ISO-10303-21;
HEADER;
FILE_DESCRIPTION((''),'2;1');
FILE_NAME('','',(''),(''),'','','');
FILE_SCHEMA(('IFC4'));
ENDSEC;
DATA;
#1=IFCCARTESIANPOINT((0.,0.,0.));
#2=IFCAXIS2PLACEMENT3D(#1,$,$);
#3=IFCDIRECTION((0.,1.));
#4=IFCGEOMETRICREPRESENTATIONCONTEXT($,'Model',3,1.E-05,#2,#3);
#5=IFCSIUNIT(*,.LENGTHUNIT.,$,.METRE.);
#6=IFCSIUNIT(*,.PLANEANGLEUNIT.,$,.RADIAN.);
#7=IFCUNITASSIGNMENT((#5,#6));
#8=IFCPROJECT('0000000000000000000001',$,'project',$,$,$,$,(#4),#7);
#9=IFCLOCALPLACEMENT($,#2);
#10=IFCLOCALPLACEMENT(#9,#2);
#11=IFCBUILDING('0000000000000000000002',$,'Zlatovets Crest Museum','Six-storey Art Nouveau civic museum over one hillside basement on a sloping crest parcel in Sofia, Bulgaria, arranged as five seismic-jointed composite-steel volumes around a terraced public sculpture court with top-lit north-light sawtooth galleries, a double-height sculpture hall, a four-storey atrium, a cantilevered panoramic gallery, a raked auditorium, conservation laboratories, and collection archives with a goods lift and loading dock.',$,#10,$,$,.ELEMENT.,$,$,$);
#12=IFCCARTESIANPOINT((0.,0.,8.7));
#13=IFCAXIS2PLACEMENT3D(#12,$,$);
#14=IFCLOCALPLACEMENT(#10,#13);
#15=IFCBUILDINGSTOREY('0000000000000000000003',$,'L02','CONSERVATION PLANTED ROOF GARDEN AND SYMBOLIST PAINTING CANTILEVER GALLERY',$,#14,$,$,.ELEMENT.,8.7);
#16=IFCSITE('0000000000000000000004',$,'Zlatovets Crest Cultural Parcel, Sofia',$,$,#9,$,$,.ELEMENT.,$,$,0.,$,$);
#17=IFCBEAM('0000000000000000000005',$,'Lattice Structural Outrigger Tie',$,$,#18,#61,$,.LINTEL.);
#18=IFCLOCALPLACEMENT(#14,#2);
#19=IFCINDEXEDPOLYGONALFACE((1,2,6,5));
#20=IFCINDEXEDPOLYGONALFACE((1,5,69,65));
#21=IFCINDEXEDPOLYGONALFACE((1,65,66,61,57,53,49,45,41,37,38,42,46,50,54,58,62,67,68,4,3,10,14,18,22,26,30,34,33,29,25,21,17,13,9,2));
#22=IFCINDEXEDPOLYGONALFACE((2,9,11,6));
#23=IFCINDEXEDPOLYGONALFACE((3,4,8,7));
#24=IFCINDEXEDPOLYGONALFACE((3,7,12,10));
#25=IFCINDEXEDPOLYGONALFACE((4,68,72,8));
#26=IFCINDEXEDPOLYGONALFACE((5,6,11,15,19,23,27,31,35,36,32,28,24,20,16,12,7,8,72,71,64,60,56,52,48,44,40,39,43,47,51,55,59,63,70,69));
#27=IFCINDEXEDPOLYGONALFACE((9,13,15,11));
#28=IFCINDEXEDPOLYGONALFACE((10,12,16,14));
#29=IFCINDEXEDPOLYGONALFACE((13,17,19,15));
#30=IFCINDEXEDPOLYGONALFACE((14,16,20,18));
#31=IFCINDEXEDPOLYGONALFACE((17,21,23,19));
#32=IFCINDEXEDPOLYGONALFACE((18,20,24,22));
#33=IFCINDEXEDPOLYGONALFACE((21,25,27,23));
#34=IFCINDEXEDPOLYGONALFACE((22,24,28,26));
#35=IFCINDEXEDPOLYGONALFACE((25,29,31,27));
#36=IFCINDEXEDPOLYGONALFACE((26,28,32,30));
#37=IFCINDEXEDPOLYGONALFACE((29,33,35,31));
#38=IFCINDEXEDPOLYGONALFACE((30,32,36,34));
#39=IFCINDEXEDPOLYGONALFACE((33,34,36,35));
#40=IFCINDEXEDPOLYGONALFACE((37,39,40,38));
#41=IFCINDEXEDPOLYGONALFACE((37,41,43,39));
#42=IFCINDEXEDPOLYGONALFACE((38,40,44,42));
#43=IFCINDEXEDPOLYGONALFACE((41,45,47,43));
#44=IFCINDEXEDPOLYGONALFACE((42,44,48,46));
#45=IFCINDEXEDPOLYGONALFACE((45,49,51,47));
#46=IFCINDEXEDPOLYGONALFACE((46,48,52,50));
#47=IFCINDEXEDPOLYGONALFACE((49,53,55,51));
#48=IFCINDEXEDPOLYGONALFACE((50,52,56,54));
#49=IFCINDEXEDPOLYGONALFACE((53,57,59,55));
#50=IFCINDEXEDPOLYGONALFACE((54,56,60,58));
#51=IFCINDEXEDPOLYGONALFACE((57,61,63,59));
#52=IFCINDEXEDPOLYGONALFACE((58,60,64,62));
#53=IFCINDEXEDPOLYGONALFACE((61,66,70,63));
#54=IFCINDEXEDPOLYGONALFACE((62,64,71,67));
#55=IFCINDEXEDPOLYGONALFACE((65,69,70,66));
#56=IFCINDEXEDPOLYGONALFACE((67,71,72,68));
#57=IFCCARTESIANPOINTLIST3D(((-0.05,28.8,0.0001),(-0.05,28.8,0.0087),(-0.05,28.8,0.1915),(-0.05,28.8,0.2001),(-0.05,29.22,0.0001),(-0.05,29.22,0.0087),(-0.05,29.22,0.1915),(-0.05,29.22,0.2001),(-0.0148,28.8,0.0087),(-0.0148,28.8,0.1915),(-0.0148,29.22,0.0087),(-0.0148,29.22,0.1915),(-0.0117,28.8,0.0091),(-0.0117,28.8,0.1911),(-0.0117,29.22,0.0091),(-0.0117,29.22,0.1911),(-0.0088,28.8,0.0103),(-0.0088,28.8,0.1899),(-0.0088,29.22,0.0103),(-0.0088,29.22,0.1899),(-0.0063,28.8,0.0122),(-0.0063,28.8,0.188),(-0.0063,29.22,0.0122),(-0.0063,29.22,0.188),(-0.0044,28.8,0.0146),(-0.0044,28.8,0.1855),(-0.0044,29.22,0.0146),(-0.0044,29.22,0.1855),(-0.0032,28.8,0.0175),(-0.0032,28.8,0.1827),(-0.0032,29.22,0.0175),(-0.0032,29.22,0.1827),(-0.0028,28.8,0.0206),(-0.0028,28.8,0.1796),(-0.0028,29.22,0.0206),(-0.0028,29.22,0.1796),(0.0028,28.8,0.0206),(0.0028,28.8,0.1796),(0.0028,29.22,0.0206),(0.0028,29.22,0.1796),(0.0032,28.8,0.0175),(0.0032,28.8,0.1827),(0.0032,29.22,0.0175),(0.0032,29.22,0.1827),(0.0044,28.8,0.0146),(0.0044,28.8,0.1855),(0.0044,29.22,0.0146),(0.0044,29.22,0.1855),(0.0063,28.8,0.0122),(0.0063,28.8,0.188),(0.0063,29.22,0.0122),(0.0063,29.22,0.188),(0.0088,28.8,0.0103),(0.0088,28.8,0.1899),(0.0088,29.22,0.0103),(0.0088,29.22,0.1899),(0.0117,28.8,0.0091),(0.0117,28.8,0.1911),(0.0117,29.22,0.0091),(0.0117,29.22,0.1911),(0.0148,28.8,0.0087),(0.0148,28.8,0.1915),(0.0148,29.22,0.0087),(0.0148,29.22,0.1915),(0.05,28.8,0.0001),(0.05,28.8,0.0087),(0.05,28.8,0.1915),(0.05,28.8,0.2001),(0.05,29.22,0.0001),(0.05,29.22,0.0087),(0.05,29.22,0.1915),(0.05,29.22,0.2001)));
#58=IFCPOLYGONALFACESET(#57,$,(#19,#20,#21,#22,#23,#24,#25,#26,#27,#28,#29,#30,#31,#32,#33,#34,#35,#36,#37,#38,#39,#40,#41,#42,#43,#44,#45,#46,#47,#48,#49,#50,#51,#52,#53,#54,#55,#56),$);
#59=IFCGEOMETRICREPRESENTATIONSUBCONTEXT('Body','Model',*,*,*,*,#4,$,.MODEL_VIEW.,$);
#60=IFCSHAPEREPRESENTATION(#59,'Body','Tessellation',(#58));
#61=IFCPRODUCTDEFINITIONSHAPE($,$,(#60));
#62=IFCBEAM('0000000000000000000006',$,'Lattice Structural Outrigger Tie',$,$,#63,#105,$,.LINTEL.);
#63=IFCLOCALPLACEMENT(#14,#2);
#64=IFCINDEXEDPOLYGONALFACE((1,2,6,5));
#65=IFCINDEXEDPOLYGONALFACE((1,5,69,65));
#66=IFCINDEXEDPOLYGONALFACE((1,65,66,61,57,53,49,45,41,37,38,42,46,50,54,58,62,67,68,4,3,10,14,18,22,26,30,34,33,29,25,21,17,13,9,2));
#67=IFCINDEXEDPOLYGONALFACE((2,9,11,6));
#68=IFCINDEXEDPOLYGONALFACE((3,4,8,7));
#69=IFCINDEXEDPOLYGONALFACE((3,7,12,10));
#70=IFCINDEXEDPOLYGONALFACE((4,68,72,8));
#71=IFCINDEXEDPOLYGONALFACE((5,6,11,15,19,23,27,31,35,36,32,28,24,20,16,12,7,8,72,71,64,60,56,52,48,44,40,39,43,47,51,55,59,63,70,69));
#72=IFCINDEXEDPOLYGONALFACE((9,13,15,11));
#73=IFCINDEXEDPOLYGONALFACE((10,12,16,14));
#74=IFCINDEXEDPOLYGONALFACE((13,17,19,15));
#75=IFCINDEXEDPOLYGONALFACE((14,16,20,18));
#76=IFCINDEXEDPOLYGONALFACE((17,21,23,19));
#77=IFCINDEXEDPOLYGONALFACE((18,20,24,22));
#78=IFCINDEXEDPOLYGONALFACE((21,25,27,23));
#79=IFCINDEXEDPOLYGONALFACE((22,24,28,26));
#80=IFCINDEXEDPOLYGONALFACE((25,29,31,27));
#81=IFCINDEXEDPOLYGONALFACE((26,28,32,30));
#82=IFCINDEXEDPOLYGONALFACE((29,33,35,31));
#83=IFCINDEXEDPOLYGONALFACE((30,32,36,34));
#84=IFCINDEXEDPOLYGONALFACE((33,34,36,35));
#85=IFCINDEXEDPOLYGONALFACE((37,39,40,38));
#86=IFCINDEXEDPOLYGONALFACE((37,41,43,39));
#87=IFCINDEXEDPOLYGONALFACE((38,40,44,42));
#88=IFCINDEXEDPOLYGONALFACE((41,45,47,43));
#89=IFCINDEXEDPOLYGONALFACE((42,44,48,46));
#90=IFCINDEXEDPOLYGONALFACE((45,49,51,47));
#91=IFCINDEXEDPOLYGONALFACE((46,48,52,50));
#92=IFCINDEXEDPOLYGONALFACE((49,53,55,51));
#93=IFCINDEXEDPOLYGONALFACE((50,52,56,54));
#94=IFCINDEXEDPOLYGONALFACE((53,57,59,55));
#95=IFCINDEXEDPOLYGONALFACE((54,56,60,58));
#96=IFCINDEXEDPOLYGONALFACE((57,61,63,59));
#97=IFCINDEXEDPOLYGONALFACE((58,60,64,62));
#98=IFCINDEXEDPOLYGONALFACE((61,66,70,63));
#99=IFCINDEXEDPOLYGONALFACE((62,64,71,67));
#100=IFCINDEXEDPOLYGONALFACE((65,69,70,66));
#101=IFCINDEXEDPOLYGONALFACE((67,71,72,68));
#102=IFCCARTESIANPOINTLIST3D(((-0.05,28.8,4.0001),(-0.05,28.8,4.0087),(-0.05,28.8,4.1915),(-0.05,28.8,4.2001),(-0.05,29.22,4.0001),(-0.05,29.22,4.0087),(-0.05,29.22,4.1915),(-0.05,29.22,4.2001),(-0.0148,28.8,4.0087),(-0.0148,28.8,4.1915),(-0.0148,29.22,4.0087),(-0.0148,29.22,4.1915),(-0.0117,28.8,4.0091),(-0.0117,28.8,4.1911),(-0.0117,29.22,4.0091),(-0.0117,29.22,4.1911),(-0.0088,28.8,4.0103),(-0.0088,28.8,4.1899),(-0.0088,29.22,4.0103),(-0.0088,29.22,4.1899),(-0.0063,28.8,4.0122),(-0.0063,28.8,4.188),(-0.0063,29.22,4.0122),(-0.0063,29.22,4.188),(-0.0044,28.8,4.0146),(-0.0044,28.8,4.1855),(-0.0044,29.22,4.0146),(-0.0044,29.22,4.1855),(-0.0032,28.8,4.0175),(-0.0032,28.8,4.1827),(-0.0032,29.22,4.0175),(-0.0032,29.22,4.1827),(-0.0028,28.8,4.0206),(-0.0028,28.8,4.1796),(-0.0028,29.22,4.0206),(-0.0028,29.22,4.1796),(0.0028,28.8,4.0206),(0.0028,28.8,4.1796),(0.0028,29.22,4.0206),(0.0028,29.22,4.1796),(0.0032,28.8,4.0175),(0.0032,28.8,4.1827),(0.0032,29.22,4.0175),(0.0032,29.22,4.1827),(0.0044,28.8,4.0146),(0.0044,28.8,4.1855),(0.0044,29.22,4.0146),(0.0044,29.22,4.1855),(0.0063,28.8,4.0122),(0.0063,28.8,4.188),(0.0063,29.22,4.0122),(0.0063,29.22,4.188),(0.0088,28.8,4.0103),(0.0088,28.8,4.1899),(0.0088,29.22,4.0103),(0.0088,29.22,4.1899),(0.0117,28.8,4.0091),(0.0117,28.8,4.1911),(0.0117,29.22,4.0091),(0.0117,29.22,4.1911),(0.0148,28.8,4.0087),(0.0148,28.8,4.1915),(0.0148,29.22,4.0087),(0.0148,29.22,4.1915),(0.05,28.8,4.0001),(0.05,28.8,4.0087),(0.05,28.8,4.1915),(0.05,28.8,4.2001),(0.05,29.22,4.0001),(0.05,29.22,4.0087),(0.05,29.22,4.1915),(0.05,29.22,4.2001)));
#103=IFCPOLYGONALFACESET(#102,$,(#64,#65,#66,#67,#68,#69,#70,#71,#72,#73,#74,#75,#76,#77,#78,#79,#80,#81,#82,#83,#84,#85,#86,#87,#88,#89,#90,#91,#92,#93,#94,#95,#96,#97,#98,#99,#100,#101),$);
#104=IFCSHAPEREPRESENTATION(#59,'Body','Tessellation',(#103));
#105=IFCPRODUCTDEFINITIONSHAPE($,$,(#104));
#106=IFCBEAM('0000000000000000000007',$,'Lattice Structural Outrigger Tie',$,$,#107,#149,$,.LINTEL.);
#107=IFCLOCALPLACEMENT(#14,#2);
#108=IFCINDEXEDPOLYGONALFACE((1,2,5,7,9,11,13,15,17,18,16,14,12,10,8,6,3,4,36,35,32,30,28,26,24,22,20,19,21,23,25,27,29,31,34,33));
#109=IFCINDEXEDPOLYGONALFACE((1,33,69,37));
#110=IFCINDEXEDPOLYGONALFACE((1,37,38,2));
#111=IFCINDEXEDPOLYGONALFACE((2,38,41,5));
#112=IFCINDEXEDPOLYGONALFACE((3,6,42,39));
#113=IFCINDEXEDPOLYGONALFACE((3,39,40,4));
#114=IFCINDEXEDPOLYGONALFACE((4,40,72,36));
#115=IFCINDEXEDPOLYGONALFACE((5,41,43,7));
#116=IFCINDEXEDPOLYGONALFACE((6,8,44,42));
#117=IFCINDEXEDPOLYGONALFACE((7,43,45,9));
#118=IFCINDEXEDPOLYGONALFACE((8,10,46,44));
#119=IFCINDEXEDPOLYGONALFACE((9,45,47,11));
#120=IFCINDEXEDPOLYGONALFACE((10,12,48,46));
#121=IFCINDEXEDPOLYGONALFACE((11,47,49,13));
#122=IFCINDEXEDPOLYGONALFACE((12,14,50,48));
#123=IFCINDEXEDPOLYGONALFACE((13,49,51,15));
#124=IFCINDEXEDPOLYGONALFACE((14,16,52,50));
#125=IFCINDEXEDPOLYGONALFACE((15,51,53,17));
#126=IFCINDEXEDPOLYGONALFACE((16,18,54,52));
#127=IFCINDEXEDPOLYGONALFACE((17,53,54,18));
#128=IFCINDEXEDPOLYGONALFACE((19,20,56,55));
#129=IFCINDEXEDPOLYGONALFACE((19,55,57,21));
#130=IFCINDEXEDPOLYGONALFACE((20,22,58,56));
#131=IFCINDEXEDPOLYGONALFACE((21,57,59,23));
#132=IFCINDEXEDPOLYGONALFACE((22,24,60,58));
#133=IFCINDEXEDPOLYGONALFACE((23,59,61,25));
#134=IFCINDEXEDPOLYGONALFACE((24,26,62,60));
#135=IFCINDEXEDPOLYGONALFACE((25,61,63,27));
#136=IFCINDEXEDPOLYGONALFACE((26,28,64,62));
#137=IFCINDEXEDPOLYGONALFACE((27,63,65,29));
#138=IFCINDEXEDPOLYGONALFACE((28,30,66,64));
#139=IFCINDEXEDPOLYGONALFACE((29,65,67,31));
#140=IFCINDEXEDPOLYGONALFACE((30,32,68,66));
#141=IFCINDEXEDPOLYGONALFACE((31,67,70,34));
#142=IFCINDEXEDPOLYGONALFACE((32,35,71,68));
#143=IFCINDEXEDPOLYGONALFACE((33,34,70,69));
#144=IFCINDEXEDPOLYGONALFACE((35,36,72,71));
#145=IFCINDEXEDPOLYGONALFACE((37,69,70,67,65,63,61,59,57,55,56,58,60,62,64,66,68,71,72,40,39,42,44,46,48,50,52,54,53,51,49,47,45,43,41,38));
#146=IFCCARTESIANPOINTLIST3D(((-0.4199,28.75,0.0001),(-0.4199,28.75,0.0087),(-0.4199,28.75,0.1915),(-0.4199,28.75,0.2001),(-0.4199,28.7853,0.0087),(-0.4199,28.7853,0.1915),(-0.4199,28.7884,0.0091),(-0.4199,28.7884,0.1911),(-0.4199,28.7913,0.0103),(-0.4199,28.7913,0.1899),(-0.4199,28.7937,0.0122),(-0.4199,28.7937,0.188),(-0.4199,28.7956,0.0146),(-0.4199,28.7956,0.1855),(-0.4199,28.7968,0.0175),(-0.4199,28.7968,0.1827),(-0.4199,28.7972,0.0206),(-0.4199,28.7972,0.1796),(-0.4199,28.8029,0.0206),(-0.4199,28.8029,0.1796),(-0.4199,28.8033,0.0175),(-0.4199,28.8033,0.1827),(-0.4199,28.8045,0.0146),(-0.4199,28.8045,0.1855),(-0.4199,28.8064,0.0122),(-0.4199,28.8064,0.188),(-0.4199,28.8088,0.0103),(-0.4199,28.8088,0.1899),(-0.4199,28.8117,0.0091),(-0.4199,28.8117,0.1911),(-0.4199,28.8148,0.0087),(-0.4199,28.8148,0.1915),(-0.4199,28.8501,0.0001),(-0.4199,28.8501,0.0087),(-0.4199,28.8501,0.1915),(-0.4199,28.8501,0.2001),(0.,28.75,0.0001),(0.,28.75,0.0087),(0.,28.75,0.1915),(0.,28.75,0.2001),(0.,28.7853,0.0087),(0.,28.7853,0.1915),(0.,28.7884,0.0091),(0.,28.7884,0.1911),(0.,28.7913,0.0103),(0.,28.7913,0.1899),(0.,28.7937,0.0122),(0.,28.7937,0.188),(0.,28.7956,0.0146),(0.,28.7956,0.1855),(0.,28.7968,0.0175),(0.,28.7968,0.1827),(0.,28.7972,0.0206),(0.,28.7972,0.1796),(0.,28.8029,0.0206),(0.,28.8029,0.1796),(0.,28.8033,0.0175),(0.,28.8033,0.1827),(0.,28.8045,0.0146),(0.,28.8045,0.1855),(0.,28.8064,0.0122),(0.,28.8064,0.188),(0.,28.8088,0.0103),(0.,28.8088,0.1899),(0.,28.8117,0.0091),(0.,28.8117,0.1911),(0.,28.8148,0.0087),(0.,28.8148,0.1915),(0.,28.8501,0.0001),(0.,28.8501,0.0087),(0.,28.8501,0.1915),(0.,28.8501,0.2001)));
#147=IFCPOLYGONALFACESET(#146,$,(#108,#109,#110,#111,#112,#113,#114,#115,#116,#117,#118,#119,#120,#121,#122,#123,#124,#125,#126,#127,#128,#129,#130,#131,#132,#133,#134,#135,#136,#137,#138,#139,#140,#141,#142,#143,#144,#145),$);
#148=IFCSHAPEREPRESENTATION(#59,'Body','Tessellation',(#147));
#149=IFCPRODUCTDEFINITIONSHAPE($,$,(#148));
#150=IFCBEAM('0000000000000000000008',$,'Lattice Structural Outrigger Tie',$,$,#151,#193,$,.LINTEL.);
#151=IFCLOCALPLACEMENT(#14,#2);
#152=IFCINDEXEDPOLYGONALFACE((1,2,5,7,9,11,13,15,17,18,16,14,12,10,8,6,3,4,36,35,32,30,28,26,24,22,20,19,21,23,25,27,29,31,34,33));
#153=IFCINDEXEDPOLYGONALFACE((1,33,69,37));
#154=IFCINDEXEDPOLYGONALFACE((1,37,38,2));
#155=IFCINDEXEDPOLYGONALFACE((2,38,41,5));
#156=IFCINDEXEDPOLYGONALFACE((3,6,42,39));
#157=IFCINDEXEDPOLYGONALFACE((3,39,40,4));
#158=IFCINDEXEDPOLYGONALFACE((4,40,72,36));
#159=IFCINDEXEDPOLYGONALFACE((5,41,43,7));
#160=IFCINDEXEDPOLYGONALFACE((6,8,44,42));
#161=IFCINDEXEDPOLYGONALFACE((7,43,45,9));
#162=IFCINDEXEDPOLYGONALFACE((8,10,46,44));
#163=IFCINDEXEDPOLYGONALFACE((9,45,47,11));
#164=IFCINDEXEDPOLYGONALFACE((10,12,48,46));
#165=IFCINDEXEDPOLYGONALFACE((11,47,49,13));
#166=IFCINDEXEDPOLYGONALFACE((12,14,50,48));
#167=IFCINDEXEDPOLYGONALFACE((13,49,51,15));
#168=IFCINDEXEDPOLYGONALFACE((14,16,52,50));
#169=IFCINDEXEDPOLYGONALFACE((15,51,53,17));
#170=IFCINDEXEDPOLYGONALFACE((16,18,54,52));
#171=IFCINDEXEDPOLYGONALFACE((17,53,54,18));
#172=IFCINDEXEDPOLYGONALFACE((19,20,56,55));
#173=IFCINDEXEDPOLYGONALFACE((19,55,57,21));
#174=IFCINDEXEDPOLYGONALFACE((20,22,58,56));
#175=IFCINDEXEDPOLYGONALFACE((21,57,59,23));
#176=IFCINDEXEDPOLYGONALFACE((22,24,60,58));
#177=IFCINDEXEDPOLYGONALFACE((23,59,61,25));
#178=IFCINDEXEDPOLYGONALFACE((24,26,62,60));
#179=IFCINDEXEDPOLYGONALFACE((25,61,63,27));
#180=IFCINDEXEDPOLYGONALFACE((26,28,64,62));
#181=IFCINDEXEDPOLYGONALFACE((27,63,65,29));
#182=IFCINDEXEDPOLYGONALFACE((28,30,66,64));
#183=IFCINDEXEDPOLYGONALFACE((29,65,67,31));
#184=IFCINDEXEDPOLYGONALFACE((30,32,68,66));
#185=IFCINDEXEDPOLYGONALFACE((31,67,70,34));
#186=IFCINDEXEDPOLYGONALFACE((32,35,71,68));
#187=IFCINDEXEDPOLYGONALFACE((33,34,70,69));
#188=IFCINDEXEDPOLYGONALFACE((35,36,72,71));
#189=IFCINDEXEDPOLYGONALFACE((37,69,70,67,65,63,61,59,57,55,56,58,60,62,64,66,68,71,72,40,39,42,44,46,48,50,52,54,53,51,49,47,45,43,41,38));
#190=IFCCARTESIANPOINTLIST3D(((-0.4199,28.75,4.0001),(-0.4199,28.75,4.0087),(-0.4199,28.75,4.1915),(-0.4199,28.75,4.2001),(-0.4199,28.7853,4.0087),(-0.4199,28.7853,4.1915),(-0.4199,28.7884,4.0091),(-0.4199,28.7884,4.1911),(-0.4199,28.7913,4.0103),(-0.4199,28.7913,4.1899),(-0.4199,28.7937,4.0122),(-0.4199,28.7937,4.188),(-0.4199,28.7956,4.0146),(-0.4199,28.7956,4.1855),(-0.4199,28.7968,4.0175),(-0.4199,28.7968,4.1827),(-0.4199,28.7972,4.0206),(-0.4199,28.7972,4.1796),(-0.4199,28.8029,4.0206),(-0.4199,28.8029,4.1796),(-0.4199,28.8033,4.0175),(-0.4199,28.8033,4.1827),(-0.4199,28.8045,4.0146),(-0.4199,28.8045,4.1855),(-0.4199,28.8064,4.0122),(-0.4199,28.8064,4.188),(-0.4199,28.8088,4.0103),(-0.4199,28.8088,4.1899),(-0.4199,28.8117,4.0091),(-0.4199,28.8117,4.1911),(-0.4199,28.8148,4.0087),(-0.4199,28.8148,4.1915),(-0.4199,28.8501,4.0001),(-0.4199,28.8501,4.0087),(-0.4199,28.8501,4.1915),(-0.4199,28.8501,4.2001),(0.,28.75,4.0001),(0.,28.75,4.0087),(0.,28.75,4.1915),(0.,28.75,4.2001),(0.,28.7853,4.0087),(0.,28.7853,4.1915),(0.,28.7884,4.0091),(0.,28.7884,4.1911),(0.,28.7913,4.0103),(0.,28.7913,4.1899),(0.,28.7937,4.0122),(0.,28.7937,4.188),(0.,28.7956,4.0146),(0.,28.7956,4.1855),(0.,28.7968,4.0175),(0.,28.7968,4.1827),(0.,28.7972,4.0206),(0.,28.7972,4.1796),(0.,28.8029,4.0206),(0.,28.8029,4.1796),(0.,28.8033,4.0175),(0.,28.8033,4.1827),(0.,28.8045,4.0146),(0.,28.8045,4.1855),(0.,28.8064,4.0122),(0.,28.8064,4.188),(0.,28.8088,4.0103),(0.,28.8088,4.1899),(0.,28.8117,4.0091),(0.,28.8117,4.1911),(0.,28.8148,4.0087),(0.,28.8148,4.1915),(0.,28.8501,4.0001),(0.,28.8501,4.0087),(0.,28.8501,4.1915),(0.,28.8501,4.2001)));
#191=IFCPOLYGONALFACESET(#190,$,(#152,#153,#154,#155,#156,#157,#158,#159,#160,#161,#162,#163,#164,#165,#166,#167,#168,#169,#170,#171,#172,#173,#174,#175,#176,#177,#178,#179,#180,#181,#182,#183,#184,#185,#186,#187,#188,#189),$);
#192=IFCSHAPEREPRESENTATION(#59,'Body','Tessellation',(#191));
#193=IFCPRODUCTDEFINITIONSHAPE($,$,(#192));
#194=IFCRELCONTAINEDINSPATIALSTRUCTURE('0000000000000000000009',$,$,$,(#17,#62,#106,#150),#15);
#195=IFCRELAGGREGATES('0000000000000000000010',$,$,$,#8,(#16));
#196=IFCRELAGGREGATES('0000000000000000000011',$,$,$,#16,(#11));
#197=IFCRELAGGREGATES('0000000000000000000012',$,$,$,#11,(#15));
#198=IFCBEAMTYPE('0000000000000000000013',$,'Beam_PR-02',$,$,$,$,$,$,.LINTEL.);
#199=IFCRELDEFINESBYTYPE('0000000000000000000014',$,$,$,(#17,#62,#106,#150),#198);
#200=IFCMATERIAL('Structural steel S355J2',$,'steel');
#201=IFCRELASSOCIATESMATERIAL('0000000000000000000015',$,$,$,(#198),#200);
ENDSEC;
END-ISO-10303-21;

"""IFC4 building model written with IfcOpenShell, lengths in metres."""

from ifc_helpers import new_model, si_unit, direction, frame, origin, origin_2d, place, context, subcontext, project, spatial, i_section, extrude, material, material_profile, profile_set, type_object, element, save


model = new_model("IFC4")

# Units and contexts
model_context = context("Model", 3, precision=1e-05, world=origin(), true_north=direction((0.0, 1.0)))
body_context = subcontext(model_context, "Body", "Model", "MODEL_VIEW")
ifc_project = project(units=[si_unit("LENGTHUNIT", "METRE"), si_unit("PLANEANGLEUNIT", "RADIAN")], contexts=[model_context])

# Site, building, storey
site_placement = place(None, origin())
site = spatial("IfcSite", under=ifc_project, at=site_placement, Name="Zlatovets Crest Cultural Parcel, Sofia", CompositionType="ELEMENT", RefElevation=0.0)
building_placement = place(site_placement, origin())
building = spatial("IfcBuilding", under=site, at=building_placement, Name="Zlatovets Crest Museum", Description="Six-storey Art Nouveau civic museum over one hillside basement on a sloping crest parcel in Sofia, Bulgaria, arranged as five seismic-jointed composite-steel volumes around a terraced public sculpture court with top-lit north-light sawtooth galleries, a double-height sculpture hall, a four-storey atrium, a cantilevered panoramic gallery, a raked auditorium, conservation laboratories, and collection archives with a goods lift and loading dock.", CompositionType="ELEMENT")
storey_placement = place(building_placement, frame((0.0, 0.0, 8.7)))
storey = spatial("IfcBuildingStorey", under=building, at=storey_placement, Name="L02", Description="CONSERVATION PLANTED ROOF GARDEN AND SYMBOLIST PAINTING CANTILEVER GALLERY", CompositionType="ELEMENT", Elevation=8.7)

# Shared definitions
ifc_material_1 = material(Name="Structural steel S355J2", Category="steel")

# Beams
ifc_material_profile_1 = material_profile(ifc_material_1, i_section(OverallWidth=0.1001, OverallDepth=0.2, WebThickness=0.0056, FlangeThickness=0.0085, FilletRadius=0.012, at=origin_2d()), Name="IPE 200")
ifc_profile_set_1 = profile_set([ifc_material_profile_1], Name="Structural steel S355J2")
beam_type_1 = type_object("IfcBeamType", Name="Beam_PR-02", PredefinedType="LINTEL", material=ifc_profile_set_1)
for number, where, z_axis, x_axis, name in (
    (1, (0.0, 28.8, 0.1001), (0.0, 1.0, 0.0), (-1.0, 0.0, 0.0), "Lattice Structural Outrigger Tie"),
    (2, (0.0, 28.8, 4.1001), (0.0, 1.0, 0.0), (-1.0, 0.0, 0.0), "Lattice Structural Outrigger Tie"),
    (3, (0.0, 28.8, 0.1001), (-1.0, 0.0, 0.0), (0.0, -1.0, 0.0), "Lattice Structural Outrigger Tie"),
    (4, (0.0, 28.8, 4.1001), (-1.0, 0.0, 0.0), (0.0, -1.0, 0.0), "Lattice Structural Outrigger Tie"),
):
    element("IfcBeam", number, at=place(storey_placement, frame(where, z_axis=z_axis, x_axis=x_axis)), inside=storey, type_object=beam_type_1, Name=name, PredefinedType="LINTEL", context=body_context, shape_type="SweptSolid", body=[
        extrude(i_section(OverallWidth=0.1001, OverallDepth=0.2, WebThickness=0.0056, FlangeThickness=0.0085, FilletRadius=0.012, at=origin_2d()), origin(), (0.0, 0.0, 1.0), 0.4199),
    ])

save(model, "model.ifc")
